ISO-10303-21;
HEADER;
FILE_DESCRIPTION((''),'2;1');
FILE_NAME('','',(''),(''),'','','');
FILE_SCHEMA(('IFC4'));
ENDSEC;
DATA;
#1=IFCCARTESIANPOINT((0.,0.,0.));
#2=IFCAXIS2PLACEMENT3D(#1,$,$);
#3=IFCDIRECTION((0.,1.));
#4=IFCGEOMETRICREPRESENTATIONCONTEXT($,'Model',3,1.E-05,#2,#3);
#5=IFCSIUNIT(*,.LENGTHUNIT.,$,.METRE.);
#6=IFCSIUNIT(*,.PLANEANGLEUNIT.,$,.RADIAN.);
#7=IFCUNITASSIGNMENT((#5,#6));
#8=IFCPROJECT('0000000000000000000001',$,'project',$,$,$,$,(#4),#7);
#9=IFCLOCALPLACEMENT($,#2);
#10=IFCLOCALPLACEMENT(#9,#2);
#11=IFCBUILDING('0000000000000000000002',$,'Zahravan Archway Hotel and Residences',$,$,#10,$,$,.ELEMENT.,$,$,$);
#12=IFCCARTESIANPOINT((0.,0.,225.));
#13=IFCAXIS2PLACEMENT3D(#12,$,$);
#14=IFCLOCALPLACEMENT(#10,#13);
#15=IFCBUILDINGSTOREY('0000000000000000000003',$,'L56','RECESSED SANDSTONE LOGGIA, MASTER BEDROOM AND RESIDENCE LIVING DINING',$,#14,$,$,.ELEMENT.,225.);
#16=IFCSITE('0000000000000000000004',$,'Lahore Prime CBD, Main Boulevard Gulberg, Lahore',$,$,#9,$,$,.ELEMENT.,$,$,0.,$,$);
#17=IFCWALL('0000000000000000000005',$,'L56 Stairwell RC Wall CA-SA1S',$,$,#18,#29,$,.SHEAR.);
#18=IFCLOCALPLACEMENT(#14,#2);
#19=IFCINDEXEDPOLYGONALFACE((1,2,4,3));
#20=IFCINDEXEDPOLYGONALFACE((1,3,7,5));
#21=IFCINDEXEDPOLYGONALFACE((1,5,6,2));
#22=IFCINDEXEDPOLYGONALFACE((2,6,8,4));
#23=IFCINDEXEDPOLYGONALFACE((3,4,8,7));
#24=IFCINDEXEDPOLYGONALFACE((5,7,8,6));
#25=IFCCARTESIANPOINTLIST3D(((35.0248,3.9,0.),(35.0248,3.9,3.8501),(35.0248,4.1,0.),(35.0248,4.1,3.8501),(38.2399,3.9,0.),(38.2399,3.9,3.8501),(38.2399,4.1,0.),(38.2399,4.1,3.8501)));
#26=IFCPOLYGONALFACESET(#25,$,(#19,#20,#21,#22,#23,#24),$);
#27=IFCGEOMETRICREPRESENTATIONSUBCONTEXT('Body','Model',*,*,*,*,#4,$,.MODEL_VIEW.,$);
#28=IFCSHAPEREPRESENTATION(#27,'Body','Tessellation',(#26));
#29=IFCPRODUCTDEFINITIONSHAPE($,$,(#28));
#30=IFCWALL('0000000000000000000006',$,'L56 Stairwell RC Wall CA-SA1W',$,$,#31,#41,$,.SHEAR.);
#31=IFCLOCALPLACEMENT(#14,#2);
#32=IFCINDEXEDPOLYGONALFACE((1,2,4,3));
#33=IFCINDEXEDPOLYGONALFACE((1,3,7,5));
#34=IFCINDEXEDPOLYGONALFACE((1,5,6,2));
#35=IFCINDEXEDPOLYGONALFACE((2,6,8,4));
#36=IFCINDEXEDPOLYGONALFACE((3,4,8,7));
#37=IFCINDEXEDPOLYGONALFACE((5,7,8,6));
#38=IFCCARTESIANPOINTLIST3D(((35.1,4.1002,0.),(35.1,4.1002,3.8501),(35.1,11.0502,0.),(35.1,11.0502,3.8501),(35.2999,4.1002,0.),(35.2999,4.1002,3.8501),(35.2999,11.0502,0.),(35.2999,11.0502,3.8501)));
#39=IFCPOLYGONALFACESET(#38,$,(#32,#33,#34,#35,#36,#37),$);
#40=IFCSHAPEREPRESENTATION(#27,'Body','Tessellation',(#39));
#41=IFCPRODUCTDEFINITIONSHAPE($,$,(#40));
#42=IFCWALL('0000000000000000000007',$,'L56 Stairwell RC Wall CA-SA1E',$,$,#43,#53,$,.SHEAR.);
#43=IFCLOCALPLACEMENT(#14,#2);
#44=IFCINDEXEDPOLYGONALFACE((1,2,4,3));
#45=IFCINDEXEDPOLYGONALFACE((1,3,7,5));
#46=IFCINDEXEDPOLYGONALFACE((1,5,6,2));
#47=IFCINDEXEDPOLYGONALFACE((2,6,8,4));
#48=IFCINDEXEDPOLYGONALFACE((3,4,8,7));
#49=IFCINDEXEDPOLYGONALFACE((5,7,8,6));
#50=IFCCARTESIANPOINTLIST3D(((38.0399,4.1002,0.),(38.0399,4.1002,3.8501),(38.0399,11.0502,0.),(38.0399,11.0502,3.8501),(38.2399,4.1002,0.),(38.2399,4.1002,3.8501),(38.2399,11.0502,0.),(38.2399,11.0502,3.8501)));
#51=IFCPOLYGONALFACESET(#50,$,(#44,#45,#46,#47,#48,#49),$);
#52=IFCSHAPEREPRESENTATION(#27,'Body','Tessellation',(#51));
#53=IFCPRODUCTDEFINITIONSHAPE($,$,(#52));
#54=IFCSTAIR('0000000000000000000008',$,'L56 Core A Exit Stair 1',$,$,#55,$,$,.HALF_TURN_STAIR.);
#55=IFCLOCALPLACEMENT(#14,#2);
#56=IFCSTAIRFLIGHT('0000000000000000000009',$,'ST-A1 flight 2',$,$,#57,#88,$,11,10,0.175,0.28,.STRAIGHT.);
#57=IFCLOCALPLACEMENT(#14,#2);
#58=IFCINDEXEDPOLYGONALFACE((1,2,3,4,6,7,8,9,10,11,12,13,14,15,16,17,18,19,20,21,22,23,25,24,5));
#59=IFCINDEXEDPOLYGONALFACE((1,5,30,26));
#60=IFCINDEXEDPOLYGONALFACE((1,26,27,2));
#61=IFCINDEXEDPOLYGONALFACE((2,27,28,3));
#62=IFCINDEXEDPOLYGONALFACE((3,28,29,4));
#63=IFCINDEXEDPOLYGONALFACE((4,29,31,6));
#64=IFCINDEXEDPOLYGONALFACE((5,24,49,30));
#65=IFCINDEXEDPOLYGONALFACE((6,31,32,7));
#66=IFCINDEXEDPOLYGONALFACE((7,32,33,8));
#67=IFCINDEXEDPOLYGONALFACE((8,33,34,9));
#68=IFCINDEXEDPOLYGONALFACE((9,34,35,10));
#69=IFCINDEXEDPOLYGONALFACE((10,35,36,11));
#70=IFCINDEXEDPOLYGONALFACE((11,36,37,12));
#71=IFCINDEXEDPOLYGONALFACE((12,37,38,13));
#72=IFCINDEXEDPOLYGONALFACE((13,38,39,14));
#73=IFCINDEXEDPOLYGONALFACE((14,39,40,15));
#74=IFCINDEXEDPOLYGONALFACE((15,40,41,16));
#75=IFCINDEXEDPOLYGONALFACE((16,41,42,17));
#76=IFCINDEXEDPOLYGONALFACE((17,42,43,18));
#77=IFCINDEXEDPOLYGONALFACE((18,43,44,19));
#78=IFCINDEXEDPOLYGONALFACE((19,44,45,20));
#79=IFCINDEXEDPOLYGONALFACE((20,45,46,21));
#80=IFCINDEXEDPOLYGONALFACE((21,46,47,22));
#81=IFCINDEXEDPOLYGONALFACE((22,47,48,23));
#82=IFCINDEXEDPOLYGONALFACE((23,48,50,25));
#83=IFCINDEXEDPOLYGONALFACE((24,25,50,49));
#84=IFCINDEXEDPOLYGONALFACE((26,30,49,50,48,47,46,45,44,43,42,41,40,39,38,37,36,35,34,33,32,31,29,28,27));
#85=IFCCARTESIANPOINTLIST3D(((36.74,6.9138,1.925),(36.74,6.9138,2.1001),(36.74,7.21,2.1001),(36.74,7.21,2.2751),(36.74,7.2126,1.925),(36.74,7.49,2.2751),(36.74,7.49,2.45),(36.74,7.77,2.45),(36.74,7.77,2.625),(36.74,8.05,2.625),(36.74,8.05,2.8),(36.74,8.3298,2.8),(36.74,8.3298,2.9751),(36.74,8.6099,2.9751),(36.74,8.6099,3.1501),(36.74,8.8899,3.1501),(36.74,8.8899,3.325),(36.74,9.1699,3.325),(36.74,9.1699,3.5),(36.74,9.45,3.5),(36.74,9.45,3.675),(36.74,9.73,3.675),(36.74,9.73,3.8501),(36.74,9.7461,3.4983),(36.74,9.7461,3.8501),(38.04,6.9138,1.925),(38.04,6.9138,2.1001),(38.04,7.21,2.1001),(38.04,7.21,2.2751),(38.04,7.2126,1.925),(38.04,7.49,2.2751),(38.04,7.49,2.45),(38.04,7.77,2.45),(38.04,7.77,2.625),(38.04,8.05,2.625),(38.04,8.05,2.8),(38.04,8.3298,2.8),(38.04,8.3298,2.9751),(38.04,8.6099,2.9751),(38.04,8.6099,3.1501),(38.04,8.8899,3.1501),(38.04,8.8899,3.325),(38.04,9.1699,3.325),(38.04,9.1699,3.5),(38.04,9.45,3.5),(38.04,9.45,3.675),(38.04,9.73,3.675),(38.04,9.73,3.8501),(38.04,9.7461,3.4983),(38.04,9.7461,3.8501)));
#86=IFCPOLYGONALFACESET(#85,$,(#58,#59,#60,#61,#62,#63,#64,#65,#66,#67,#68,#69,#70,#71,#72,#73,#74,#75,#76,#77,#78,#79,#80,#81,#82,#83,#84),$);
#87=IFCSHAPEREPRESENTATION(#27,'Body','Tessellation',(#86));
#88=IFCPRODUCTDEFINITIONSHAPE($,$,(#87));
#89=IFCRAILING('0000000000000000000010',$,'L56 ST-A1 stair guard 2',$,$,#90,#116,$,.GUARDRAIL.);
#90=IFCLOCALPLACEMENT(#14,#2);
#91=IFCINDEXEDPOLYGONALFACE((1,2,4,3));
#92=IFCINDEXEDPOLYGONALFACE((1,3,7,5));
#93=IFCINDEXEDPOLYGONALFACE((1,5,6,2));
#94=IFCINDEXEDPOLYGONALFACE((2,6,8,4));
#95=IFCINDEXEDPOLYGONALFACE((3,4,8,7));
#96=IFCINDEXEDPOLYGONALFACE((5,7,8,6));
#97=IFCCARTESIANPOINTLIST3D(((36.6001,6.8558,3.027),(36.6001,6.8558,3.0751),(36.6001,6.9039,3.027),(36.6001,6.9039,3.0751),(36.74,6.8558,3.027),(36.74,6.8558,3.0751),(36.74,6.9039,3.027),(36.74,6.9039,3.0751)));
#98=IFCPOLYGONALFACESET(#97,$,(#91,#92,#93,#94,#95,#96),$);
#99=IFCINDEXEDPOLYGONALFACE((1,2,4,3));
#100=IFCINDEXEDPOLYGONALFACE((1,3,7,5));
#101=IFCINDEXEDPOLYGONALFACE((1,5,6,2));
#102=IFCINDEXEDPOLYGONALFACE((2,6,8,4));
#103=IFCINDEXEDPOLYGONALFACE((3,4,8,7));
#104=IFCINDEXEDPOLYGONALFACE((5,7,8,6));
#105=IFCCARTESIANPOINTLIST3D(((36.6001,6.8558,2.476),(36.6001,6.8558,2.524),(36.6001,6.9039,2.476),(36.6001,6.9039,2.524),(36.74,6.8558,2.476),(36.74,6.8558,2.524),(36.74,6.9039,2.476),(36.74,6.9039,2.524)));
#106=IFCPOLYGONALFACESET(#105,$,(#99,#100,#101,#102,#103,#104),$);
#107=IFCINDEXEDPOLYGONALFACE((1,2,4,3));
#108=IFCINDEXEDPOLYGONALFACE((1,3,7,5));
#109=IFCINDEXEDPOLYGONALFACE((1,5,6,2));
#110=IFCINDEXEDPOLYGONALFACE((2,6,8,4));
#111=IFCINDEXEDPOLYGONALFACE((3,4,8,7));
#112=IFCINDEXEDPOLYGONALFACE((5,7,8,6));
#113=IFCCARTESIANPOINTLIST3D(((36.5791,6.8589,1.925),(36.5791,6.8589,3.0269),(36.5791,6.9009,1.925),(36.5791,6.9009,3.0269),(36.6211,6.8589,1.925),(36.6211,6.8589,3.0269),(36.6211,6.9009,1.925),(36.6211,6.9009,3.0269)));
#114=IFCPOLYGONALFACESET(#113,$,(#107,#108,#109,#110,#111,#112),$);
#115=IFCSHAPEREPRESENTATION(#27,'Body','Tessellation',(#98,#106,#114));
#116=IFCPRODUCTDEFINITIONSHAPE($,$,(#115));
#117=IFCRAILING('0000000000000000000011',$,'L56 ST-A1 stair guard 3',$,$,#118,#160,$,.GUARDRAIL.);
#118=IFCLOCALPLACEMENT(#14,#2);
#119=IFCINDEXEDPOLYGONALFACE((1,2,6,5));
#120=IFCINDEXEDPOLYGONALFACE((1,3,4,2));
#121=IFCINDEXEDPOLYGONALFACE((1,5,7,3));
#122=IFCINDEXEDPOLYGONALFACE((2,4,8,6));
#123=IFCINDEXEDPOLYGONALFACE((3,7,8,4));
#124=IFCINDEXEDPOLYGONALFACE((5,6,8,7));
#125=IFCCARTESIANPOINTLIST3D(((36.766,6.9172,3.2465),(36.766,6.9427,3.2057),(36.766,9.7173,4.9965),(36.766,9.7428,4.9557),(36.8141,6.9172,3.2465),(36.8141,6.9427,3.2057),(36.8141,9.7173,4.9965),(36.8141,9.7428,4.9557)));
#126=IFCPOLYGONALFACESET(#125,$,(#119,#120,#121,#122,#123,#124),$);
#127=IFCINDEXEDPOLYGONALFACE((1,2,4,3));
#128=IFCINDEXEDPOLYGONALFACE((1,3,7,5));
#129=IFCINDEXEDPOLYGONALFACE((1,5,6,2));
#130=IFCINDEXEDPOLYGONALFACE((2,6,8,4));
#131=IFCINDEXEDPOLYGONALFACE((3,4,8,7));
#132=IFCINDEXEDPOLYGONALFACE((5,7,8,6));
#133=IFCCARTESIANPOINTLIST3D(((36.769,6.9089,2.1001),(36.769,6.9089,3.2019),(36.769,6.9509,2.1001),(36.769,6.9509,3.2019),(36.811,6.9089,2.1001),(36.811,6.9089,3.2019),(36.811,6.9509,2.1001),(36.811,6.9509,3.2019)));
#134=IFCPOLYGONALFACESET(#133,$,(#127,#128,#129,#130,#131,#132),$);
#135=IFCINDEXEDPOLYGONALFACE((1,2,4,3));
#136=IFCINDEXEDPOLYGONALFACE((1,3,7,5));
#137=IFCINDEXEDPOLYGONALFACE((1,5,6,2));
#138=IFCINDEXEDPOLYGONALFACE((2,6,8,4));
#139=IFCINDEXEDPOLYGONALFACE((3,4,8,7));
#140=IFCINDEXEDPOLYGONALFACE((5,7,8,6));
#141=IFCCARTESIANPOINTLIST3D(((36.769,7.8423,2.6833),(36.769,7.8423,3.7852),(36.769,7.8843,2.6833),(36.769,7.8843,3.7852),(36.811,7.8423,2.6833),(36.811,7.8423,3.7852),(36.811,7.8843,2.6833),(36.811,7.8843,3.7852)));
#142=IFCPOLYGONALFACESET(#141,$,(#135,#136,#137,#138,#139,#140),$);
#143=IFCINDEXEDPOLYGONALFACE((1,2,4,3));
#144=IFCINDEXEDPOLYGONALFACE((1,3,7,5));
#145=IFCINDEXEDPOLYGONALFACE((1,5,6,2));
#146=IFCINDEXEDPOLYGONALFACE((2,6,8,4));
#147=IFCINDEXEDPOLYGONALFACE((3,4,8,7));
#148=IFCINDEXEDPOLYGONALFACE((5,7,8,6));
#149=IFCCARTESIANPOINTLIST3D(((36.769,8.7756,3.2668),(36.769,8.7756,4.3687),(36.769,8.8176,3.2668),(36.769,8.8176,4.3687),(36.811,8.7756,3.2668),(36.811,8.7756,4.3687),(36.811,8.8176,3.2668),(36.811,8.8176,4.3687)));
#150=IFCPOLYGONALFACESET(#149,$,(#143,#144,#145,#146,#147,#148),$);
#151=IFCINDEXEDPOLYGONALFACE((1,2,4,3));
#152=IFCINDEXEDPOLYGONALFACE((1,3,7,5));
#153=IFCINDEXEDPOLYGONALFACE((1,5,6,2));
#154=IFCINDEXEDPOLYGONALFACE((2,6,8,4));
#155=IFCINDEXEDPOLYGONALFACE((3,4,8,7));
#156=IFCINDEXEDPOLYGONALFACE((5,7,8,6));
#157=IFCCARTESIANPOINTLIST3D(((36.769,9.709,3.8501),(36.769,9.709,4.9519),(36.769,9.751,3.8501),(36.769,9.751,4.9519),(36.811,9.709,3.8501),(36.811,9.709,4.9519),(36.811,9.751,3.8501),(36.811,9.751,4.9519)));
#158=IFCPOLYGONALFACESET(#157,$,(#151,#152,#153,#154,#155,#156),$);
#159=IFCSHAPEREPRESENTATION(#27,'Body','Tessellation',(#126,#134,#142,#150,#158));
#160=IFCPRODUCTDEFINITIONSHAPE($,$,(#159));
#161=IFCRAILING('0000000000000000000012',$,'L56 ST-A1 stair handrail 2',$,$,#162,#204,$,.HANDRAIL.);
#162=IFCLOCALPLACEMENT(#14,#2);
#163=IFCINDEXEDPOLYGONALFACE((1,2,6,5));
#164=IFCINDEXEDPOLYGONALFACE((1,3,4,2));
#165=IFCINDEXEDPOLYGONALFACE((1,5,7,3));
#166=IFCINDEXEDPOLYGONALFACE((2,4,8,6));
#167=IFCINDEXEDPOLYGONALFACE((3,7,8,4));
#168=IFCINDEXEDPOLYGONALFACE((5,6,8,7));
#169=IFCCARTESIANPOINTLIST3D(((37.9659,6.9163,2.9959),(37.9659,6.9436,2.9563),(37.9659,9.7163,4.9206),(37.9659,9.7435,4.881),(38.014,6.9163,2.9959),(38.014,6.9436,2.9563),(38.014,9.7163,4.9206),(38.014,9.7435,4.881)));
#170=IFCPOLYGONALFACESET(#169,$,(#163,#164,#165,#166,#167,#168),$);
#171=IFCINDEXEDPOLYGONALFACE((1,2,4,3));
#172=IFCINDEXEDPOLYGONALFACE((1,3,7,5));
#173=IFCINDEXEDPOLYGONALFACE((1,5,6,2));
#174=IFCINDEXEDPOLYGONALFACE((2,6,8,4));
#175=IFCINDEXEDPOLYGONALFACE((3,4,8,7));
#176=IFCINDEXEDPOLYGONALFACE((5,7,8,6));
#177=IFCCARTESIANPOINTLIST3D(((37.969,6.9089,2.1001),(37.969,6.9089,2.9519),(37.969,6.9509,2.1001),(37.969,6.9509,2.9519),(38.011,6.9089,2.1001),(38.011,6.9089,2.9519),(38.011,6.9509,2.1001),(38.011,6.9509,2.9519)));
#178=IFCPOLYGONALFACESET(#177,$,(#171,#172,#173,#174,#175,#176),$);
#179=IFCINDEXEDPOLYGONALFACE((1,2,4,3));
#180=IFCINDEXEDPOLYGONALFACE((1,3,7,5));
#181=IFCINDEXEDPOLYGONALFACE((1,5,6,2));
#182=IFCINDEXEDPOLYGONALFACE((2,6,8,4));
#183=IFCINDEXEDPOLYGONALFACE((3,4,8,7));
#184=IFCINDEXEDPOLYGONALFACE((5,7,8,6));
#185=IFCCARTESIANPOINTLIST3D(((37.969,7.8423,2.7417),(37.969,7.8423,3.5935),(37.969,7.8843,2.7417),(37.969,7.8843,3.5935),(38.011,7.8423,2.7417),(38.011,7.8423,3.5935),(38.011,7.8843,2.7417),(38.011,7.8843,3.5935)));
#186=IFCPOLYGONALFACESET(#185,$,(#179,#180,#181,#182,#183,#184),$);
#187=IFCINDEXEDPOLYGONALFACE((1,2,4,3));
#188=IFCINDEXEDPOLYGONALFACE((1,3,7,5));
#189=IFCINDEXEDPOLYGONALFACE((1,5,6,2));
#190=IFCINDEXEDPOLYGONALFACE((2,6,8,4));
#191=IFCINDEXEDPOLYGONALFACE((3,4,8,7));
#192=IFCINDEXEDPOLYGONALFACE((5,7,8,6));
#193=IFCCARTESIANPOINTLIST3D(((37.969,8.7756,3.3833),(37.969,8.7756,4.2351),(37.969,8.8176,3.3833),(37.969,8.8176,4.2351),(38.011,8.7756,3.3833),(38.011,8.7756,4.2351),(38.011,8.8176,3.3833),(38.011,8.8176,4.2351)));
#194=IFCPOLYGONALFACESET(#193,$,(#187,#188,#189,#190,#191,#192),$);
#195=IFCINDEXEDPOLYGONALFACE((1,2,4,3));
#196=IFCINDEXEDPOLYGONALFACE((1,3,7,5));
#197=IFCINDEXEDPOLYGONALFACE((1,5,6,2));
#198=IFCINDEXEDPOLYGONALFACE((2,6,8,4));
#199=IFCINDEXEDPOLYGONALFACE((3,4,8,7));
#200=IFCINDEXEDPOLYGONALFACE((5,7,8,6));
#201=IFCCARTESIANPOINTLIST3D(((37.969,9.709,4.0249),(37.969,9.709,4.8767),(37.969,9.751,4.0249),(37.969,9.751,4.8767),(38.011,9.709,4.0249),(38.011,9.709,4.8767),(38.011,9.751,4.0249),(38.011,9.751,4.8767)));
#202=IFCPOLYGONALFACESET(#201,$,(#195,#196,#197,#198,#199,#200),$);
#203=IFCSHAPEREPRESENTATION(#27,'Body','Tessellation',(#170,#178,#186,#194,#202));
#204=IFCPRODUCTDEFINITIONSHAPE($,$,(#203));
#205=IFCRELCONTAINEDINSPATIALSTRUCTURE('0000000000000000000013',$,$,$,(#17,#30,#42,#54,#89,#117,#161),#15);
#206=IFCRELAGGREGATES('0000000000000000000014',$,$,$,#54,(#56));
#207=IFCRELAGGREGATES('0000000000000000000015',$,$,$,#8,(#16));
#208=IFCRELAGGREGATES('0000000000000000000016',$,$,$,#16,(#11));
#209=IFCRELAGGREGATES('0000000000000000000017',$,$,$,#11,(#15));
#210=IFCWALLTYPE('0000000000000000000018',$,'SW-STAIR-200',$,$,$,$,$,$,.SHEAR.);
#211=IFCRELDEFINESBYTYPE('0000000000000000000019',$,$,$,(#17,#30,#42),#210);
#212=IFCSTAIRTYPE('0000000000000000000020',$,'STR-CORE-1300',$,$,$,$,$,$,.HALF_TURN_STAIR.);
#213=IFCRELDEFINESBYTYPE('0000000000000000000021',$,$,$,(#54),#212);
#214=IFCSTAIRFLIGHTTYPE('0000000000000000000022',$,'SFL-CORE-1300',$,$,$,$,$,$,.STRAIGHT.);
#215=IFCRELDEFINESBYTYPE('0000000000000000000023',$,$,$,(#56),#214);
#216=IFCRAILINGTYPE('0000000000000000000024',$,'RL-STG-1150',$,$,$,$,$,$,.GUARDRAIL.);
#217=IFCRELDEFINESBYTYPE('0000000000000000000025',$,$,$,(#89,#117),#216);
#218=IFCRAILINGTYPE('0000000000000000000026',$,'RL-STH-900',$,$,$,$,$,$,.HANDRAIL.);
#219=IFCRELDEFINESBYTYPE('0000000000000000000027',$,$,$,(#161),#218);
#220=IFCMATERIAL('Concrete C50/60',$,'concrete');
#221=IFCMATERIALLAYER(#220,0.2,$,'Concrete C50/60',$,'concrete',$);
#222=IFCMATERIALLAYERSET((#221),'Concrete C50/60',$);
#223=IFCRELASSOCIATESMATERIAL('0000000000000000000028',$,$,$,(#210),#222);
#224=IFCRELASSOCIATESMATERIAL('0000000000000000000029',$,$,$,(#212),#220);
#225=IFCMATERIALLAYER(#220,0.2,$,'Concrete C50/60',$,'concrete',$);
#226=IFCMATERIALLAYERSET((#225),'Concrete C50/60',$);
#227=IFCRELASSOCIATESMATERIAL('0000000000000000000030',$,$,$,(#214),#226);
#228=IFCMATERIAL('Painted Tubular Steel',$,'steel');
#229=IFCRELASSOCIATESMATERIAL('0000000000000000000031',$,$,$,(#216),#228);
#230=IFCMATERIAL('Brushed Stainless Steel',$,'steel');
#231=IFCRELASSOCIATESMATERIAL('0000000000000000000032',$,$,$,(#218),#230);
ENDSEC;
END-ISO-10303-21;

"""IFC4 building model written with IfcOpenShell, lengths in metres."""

from ifc_helpers import new_model, si_unit, direction, frame, frame_2d, origin, origin_2d, place, context, subcontext, project, spatial, polyline, rectangle, outline, extrude, source, transform, mapped, material, layer, layer_set, type_object, element, aggregate, save


model = new_model("IFC4")

# Units and contexts
model_context = context("Model", 3, precision=1e-05, world=origin(), true_north=direction((0.0, 1.0)))
body_context = subcontext(model_context, "Body", "Model", "MODEL_VIEW")
ifc_project = project(units=[si_unit("LENGTHUNIT", "METRE"), si_unit("PLANEANGLEUNIT", "RADIAN")], contexts=[model_context])

# Site, building, storey
site_placement = place(None, origin())
site = spatial("IfcSite", under=ifc_project, at=site_placement, Name="Lahore Prime CBD, Main Boulevard Gulberg, Lahore", CompositionType="ELEMENT", RefElevation=0.0)
building_placement = place(site_placement, origin())
building = spatial("IfcBuilding", under=site, at=building_placement, Name="Zahravan Archway Hotel and Residences", CompositionType="ELEMENT")
storey_placement = place(building_placement, frame((0.0, 0.0, 225.0)))
storey = spatial("IfcBuildingStorey", under=building, at=storey_placement, Name="L56", Description="RECESSED SANDSTONE LOGGIA, MASTER BEDROOM AND RESIDENCE LIVING DINING", CompositionType="ELEMENT", Elevation=225.0)

# Shared definitions
ifc_material_1 = material(Name="Concrete C50/60", Category="concrete")

# Shared definitions
ifc_material_2 = material(Name="Brushed Stainless Steel", Category="steel")

# Walls
ifc_layer_1 = layer(ifc_material_1, 0.2, Name="Concrete C50/60", Category="concrete")
ifc_layer_set_1 = layer_set([ifc_layer_1], Name="Concrete C50/60")
wall_type_1 = type_object("IfcWallType", Name="SW-STAIR-200", PredefinedType="SHEAR", material=ifc_layer_set_1)
wall_1_placement = place(storey_placement, frame((35.0249, 4.0, 0.0), z_axis=(0.0, 0.0, 1.0), x_axis=(1.0, 0.0, 0.0)))
element("IfcWall", 1, at=wall_1_placement, inside=storey, type_object=wall_type_1, Name="L56 Stairwell RC Wall CA-SA1S", PredefinedType="SHEAR", context=body_context, shape_type="SweptSolid", body=[
    extrude(rectangle(XDim=3.2151, YDim=0.2, at=frame_2d((1.6074, 0.0))), origin(), (0.0, 0.0, 1.0), 3.8501),
])
for number, where, z_axis, x_axis, name in (
    (2, (35.2, 4.1001, 0.0), (0.0, 0.0, 1.0), (0.0, 1.0, 0.0), "L56 Stairwell RC Wall CA-SA1W"),
    (3, (38.1399, 4.1001, 0.0), (0.0, 0.0, 1.0), (0.0, 1.0, 0.0), "L56 Stairwell RC Wall CA-SA1E"),
):
    element("IfcWall", number, at=place(storey_placement, frame(where, z_axis=z_axis, x_axis=x_axis)), inside=storey, type_object=wall_type_1, Name=name, PredefinedType="SHEAR", context=body_context, shape_type="SweptSolid", body=[
        extrude(rectangle(XDim=6.95, YDim=0.2, at=frame_2d((3.4751, 0.0))), origin(), (0.0, 0.0, 1.0), 3.8501),
    ])

# Stair, stair flight
stair_type = type_object("IfcStairType", Name="STR-CORE-1300", PredefinedType="HALF_TURN_STAIR", material=ifc_material_1)
stair_placement = place(storey_placement, origin())
stair = element("IfcStair", 4, at=stair_placement, inside=storey, type_object=stair_type, Name="L56 Core A Exit Stair 1", PredefinedType="HALF_TURN_STAIR")
ifc_layer_2 = layer(ifc_material_1, 0.2, Name="Concrete C50/60", Category="concrete")
ifc_layer_set_2 = layer_set([ifc_layer_2], Name="Concrete C50/60")
stair_flight_type = type_object("IfcStairFlightType", Name="SFL-CORE-1300", PredefinedType="STRAIGHT", material=ifc_layer_set_2)
shared_shape_1 = source(origin(), body_context, "Body", "SweptSolid", [
    extrude(outline(polyline([(-0.0161, 0.0), (-0.0161, 0.175), (0.28, 0.175), (0.28, 0.3501), (0.5601, 0.3501), (0.5601, 0.5249), (0.8401, 0.5249), (0.8401, 0.7), (1.1201, 0.7), (1.1201, 0.875), (1.3999, 0.875), (1.3999, 1.05), (1.6799, 1.05), (1.6799, 1.2251), (1.96, 1.2251), (1.96, 1.3999), (2.24, 1.3999), (2.24, 1.575), (2.52, 1.575), (2.52, 1.75), (2.8, 1.75), (2.8, 1.925), (2.8162, 1.925), (2.8162, 1.5732), (0.2827, 0.0), (-0.0161, 0.0)])), frame((0.0, 0.6499, 0.0), z_axis=(0.0, -1.0, 0.0), x_axis=(1.0, 0.0, 0.0)), (0.0, 0.0, 1.0), 1.3),
])
stair_flight_placement = place(storey_placement, frame((37.3899, 6.9299, 1.925), z_axis=(0.0, 0.0, 1.0), x_axis=(0.0, 1.0, 0.0)))
stair_flight = element("IfcStairFlight", 5, at=stair_flight_placement, type_object=stair_flight_type, Name="ST-A1 flight 2", NumberOfRisers=11, NumberOfTreads=10, PredefinedType="STRAIGHT", RiserHeight=0.175, TreadLength=0.28, context=body_context, shape_type="MappedRepresentation", body=[
    mapped(shared_shape_1, transform((0.0, 0.0, 0.0), scale=1.0)),
])
aggregate(stair, [stair_flight])

# Railings
ifc_material_3 = material(Name="Painted Tubular Steel", Category="steel")
railing_type_1 = type_object("IfcRailingType", Name="RL-STG-1150", PredefinedType="GUARDRAIL", material=ifc_material_3)
railing_1_placement = place(storey_placement, frame((36.6001, 6.8799, 1.925)))
element("IfcRailing", 6, at=railing_1_placement, inside=storey, type_object=railing_type_1, Name="L56 ST-A1 stair guard 2", PredefinedType="GUARDRAIL", context=body_context, shape_type="SweptSolid", body=[
    extrude(rectangle(XDim=0.0481, YDim=0.0481, at=origin_2d()), frame((0.0, 0.0, 1.126), z_axis=(1.0, 0.0, 0.0), x_axis=(0.0, 1.0, 0.0)), (0.0, 0.0, 1.0), 0.1399),
    extrude(rectangle(XDim=0.0481, YDim=0.0481, at=origin_2d()), frame((0.0, 0.0, 0.575), z_axis=(1.0, 0.0, 0.0), x_axis=(0.0, 1.0, 0.0)), (0.0, 0.0, 1.0), 0.1399),
    extrude(rectangle(XDim=0.042, YDim=0.042, at=origin_2d()), origin(), (0.0, 0.0, 1.0), 1.1018),
])
railing_2_placement = place(storey_placement, frame((36.79, 6.9299, 2.1001)))
element("IfcRailing", 7, at=railing_2_placement, inside=storey, type_object=railing_type_1, Name="L56 ST-A1 stair guard 3", PredefinedType="GUARDRAIL", context=body_context, shape_type="SweptSolid", body=[
    extrude(rectangle(XDim=0.0481, YDim=0.0481, at=origin_2d()), frame((0.0, 0.0, 1.126), z_axis=(0.0, 0.848002, 0.529992), x_axis=(-1.0, 0.0, 0.0)), (0.0, 0.0, 1.0), 3.302),
    extrude(rectangle(XDim=0.042, YDim=0.042, at=origin_2d()), origin(), (0.0, 0.0, 1.0), 1.1018),
    extrude(rectangle(XDim=0.042, YDim=0.042, at=origin_2d()), frame((0.0, 0.9333, 0.5833)), (0.0, 0.0, 1.0), 1.1018),
    extrude(rectangle(XDim=0.042, YDim=0.042, at=origin_2d()), frame((0.0, 1.8667, 1.1667)), (0.0, 0.0, 1.0), 1.1018),
    extrude(rectangle(XDim=0.042, YDim=0.042, at=origin_2d()), frame((0.0, 2.8, 1.75)), (0.0, 0.0, 1.0), 1.1018),
])
railing_type_2 = type_object("IfcRailingType", Name="RL-STH-900", PredefinedType="HANDRAIL", material=ifc_material_2)
railing_3_placement = place(storey_placement, frame((37.99, 6.9299, 2.1001)))
element("IfcRailing", 8, at=railing_3_placement, inside=storey, type_object=railing_type_2, Name="L56 ST-A1 stair handrail 2", PredefinedType="HANDRAIL", context=body_context, shape_type="SweptSolid", body=[
    extrude(rectangle(XDim=0.0481, YDim=0.0481, at=origin_2d()), frame((0.0, 0.0, 0.876), z_axis=(0.0, 0.824073, 0.566483), x_axis=(-1.0, 0.0, 0.0)), (0.0, 0.0, 1.0), 3.3977),
    extrude(rectangle(XDim=0.042, YDim=0.042, at=origin_2d()), origin(), (0.0, 0.0, 1.0), 0.8518),
    extrude(rectangle(XDim=0.042, YDim=0.042, at=origin_2d()), frame((0.0, 0.9333, 0.6416)), (0.0, 0.0, 1.0), 0.8518),
    extrude(rectangle(XDim=0.042, YDim=0.042, at=origin_2d()), frame((0.0, 1.8667, 1.2832)), (0.0, 0.0, 1.0), 0.8518),
    extrude(rectangle(XDim=0.042, YDim=0.042, at=origin_2d()), frame((0.0, 2.8, 1.9248)), (0.0, 0.0, 1.0), 0.8518),
])

save(model, "model.ifc")
